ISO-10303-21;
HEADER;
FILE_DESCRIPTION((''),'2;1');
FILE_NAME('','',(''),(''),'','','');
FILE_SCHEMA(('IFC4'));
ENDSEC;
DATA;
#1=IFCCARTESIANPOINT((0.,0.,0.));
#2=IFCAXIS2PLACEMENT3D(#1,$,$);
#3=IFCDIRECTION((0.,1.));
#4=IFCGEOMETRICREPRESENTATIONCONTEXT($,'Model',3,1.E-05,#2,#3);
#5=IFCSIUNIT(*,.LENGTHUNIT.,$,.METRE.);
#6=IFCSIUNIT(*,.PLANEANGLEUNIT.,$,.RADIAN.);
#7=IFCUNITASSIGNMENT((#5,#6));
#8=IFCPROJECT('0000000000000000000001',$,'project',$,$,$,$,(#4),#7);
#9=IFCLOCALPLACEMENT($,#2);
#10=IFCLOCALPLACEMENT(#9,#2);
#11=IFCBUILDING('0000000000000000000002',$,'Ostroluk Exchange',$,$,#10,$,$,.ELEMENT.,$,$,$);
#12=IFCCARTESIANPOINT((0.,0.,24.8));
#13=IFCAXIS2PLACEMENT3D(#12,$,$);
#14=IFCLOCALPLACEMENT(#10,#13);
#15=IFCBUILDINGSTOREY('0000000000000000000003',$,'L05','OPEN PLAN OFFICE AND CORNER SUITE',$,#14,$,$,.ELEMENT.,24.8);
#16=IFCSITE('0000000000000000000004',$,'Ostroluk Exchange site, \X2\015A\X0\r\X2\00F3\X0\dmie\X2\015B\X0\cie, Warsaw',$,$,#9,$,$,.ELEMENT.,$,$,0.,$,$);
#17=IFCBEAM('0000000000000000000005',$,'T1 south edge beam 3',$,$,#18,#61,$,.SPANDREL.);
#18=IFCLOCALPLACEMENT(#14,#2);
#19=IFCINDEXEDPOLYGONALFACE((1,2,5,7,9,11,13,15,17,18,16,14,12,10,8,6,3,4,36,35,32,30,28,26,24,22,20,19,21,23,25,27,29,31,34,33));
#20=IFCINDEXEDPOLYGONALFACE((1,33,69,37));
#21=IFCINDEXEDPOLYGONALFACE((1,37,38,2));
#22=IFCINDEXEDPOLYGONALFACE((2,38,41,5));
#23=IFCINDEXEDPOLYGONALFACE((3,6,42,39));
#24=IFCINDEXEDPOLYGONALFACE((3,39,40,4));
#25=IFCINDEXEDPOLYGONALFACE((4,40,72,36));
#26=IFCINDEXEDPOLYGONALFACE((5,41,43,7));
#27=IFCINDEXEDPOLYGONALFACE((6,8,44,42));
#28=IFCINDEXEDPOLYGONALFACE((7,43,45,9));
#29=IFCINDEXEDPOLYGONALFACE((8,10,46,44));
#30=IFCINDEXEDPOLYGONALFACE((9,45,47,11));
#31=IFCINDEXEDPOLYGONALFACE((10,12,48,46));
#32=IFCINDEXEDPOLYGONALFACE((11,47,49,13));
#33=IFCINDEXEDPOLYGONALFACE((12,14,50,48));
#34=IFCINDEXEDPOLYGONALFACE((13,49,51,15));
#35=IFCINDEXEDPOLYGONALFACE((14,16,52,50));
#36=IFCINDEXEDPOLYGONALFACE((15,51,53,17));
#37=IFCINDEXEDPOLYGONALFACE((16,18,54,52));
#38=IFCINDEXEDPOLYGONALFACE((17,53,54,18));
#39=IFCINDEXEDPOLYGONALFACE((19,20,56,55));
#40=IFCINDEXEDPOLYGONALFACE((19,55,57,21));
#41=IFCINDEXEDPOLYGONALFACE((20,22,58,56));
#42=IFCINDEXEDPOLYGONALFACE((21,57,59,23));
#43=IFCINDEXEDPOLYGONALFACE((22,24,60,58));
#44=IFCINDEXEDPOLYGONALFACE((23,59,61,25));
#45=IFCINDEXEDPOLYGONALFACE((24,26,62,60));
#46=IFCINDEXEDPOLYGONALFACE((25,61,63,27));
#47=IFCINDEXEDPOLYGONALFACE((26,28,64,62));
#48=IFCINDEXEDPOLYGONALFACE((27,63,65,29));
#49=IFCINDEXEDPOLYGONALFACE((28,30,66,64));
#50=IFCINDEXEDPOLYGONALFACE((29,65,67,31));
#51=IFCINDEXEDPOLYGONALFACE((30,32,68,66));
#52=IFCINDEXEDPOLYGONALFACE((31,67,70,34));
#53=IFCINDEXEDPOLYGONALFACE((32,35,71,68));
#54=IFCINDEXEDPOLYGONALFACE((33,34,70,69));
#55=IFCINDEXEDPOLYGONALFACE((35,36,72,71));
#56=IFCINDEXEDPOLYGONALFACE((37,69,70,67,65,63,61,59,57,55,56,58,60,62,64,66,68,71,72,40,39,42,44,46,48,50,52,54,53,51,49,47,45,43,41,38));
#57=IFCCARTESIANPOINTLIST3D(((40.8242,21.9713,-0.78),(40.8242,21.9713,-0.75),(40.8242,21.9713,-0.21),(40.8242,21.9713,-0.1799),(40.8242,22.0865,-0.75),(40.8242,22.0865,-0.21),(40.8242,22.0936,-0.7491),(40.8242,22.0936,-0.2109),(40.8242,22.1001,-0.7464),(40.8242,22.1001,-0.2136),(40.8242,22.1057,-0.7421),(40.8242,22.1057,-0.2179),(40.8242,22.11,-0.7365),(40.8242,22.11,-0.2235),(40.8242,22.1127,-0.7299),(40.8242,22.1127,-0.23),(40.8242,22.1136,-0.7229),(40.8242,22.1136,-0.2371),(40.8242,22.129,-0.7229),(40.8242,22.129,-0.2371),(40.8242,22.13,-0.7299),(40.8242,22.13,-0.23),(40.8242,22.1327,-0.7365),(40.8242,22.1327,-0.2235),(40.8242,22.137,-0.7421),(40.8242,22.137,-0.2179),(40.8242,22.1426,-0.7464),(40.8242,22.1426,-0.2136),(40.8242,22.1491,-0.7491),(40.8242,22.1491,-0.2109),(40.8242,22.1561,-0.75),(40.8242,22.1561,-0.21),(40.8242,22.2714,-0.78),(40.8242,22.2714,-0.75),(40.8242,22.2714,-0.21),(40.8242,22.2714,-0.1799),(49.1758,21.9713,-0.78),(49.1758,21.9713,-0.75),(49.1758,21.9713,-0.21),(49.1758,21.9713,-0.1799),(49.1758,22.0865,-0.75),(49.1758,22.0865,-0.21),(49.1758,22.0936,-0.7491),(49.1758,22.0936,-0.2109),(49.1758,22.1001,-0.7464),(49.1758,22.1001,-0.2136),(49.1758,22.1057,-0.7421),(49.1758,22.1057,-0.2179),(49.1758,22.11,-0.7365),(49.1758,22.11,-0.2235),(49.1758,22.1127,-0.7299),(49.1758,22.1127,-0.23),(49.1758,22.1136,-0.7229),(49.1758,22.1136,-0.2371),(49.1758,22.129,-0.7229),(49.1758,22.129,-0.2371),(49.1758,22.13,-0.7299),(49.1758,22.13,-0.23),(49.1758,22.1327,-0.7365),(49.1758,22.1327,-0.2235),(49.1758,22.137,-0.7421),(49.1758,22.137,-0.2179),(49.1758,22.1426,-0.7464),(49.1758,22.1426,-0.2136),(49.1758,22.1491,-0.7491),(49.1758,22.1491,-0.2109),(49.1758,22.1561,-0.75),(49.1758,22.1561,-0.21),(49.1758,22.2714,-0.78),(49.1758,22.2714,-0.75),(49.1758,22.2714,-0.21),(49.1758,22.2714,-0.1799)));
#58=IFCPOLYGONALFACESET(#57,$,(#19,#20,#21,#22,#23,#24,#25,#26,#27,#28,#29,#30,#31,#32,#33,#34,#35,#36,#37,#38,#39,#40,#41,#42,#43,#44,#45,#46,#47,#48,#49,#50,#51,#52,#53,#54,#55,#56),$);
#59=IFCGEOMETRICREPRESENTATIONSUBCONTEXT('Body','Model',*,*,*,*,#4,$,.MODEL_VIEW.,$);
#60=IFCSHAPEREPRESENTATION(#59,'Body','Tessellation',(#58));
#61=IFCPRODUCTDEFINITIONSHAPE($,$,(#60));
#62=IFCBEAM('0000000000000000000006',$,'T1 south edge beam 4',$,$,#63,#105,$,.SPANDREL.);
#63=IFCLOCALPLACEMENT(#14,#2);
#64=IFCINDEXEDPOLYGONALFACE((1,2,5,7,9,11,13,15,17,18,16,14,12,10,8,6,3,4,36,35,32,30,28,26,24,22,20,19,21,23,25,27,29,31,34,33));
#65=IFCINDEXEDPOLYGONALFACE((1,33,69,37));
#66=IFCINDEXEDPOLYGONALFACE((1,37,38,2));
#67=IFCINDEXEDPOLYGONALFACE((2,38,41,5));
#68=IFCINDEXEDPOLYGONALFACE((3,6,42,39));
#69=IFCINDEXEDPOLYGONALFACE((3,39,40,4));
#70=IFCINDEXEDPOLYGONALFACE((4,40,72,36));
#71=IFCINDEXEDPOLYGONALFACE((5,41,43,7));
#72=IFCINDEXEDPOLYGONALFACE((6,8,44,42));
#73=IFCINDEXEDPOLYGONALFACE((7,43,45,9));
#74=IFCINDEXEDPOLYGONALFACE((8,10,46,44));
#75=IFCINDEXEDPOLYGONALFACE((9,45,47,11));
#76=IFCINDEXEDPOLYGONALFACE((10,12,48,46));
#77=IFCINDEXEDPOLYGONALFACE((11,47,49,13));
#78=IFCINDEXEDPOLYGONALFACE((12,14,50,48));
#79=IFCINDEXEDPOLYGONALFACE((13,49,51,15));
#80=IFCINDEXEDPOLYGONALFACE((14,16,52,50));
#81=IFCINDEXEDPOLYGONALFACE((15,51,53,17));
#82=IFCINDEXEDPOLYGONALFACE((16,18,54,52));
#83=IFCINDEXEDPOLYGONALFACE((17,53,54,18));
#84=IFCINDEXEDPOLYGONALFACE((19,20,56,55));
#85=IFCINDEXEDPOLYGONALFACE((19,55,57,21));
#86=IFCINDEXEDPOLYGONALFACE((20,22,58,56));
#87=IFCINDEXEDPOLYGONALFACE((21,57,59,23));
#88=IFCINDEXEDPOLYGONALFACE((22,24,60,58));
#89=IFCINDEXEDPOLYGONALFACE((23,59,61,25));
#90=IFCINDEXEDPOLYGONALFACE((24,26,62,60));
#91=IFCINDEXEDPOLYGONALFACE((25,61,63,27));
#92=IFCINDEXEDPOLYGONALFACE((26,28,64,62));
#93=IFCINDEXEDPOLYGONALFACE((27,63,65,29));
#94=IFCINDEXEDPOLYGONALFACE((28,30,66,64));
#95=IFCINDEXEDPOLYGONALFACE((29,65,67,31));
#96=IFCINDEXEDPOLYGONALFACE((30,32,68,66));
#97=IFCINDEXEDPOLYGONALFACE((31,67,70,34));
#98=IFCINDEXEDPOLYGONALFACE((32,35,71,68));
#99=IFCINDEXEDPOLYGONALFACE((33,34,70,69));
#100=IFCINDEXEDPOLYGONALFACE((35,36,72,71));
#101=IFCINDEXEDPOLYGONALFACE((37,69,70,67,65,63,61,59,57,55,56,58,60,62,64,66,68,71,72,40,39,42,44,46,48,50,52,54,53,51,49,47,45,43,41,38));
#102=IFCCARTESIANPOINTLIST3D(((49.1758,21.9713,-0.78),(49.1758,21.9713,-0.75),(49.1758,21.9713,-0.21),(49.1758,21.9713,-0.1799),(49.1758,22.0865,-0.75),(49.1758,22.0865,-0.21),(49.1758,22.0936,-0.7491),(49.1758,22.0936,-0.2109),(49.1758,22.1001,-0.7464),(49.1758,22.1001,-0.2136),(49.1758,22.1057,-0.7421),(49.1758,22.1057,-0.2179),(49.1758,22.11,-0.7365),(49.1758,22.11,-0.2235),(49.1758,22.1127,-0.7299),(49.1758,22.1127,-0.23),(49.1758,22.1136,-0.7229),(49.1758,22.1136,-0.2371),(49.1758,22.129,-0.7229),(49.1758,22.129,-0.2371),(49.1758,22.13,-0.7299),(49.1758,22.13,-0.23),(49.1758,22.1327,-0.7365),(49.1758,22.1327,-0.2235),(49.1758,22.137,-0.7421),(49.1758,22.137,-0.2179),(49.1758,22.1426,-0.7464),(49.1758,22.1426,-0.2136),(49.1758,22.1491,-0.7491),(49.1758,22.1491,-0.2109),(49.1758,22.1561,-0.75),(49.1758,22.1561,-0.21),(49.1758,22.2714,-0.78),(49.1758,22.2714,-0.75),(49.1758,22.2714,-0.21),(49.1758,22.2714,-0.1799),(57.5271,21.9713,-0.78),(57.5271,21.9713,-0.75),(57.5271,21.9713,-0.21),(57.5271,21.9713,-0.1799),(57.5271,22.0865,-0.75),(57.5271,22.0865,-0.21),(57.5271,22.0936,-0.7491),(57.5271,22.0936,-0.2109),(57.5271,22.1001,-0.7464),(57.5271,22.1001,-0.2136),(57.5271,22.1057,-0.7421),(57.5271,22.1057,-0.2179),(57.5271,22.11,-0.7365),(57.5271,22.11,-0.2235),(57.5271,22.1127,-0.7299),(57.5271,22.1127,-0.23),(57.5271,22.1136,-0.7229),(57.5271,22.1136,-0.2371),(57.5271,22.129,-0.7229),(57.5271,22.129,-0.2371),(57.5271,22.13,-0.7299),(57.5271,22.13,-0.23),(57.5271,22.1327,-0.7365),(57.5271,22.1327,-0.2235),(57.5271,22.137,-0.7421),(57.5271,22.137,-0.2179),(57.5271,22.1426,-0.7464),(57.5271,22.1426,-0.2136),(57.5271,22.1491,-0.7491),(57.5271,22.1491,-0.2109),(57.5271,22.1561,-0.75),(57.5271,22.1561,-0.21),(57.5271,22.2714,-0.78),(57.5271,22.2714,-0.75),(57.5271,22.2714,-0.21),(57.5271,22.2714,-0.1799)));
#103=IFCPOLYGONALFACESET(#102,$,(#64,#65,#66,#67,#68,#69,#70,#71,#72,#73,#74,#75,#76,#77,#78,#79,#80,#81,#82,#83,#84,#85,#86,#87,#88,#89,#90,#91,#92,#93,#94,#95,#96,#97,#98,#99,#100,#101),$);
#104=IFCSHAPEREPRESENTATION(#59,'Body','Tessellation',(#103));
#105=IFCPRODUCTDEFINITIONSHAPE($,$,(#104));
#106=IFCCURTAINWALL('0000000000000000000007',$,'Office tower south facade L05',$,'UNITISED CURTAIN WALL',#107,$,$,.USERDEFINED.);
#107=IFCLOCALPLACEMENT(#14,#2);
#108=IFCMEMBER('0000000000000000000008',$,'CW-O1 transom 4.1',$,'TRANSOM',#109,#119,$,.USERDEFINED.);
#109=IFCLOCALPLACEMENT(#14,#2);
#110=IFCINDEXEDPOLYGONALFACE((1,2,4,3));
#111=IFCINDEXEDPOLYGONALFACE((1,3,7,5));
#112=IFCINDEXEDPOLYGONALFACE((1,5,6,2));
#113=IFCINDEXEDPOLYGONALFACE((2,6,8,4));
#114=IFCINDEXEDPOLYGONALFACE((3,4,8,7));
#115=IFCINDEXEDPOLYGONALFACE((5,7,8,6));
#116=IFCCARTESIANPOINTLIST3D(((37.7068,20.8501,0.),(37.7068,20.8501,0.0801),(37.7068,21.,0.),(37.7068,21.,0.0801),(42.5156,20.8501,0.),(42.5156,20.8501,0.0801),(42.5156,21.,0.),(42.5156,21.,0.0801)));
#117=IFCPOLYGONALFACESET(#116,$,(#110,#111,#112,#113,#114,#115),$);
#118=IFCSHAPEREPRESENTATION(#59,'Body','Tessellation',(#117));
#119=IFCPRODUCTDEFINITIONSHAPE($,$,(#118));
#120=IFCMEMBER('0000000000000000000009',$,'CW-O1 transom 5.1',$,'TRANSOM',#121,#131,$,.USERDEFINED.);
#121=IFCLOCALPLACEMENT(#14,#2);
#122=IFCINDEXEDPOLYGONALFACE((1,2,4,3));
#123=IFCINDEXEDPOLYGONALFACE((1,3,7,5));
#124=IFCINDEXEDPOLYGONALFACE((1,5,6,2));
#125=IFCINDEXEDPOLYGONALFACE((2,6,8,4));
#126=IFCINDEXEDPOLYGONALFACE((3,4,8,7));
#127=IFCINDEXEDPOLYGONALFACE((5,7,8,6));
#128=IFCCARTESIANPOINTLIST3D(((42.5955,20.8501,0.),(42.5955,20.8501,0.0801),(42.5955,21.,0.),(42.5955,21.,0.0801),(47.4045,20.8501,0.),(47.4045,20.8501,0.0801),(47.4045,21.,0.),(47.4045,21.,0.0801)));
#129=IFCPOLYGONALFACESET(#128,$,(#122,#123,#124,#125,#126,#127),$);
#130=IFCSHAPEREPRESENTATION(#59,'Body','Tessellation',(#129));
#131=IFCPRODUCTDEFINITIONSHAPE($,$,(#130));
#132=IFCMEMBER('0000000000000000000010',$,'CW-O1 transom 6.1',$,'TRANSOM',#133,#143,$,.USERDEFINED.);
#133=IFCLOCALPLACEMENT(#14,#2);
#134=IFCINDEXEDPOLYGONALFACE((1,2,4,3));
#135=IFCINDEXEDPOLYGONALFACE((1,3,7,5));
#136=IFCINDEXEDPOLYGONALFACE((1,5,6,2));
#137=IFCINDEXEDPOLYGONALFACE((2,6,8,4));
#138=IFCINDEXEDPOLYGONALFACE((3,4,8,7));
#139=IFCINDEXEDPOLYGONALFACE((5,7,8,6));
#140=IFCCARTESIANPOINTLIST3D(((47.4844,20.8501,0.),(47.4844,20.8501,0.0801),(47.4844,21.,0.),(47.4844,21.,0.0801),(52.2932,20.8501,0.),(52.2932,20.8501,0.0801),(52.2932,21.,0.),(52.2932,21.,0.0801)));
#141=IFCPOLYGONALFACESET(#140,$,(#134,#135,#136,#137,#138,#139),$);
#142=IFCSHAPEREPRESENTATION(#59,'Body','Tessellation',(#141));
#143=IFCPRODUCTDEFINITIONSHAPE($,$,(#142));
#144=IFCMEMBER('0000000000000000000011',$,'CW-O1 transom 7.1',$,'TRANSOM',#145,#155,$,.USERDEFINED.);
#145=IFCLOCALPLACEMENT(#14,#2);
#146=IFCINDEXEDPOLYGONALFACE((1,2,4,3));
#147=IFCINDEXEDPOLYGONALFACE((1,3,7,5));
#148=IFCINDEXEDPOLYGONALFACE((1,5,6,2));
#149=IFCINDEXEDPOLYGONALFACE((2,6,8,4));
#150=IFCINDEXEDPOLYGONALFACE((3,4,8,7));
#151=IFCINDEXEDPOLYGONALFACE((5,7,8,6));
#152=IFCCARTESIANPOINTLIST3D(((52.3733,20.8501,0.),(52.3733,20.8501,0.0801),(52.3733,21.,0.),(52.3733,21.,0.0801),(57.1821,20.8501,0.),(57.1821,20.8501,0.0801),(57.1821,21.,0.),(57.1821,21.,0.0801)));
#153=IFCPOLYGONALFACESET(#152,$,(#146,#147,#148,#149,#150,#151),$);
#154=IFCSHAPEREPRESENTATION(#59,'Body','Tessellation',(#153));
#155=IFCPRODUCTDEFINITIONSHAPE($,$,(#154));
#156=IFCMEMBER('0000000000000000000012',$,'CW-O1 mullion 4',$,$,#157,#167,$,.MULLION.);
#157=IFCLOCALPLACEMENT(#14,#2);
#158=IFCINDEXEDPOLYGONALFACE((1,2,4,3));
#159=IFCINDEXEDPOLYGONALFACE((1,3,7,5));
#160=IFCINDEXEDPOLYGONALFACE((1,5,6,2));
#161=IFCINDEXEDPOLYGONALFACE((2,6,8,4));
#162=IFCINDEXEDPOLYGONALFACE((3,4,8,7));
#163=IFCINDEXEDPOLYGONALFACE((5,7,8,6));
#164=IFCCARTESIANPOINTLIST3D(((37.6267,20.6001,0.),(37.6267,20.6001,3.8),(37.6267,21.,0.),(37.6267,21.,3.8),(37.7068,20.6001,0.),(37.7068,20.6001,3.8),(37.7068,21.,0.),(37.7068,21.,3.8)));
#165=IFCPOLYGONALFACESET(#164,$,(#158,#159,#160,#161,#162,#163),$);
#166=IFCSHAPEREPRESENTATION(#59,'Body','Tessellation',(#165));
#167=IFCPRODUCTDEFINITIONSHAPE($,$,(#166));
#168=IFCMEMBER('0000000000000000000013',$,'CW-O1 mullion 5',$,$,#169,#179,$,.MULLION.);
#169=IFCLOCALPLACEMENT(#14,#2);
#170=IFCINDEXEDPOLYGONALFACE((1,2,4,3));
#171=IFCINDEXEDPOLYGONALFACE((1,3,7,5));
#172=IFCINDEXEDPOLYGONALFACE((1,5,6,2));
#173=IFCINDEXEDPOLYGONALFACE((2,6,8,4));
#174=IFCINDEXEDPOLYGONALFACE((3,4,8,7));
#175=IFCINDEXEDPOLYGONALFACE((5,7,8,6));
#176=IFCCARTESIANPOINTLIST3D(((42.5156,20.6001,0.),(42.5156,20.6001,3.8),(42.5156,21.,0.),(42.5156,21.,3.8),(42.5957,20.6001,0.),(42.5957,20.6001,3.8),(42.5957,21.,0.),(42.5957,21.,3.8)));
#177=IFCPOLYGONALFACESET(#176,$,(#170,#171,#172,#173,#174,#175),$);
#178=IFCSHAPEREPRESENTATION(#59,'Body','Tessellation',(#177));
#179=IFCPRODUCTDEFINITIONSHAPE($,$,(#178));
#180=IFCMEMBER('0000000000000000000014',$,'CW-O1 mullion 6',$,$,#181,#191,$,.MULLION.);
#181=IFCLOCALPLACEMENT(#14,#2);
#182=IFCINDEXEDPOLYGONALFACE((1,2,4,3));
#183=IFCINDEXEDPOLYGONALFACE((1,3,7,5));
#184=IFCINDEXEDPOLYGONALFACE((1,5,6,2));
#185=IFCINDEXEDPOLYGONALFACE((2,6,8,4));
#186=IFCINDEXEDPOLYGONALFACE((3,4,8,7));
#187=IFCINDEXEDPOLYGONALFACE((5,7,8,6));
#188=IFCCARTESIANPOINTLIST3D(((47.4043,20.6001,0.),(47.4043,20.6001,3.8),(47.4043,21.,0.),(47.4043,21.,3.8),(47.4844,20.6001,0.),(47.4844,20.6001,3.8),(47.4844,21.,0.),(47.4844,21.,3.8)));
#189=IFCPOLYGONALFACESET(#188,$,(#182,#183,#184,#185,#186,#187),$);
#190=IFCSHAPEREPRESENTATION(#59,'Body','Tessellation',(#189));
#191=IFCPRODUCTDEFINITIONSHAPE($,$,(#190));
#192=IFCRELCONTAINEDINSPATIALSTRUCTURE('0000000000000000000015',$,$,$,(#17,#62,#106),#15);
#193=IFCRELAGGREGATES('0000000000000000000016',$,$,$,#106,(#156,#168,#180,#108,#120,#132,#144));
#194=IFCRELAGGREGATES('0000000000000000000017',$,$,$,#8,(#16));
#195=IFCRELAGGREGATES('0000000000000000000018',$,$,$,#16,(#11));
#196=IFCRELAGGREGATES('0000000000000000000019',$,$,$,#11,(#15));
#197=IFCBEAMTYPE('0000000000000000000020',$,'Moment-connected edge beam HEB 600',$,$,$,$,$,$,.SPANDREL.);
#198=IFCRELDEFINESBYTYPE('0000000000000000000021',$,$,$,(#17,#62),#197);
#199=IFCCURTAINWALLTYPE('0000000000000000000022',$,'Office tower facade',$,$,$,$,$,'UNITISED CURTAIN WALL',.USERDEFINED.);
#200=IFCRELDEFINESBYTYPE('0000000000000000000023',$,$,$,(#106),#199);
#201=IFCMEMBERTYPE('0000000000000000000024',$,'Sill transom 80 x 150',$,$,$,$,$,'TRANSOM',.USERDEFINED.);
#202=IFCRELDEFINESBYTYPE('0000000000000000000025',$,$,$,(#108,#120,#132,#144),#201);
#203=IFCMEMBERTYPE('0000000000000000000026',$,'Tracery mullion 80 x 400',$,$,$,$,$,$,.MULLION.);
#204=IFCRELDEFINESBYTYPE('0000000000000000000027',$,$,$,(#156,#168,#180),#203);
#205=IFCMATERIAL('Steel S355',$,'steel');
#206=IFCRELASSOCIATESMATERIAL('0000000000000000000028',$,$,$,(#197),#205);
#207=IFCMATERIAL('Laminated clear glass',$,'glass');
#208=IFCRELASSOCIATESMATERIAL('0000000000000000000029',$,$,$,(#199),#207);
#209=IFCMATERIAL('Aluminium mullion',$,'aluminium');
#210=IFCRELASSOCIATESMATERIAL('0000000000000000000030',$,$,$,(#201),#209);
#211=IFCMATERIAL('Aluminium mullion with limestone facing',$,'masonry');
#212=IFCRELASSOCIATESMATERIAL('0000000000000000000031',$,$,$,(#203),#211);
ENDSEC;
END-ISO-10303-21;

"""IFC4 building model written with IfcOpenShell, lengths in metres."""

from ifc_helpers import new_model, si_unit, direction, frame, origin, origin_2d, place, context, subcontext, project, spatial, rectangle, i_section, extrude, material, material_profile, profile_set, type_object, element, aggregate, save


model = new_model("IFC4")

# Units and contexts
model_context = context("Model", 3, precision=1e-05, world=origin(), true_north=direction((0.0, 1.0)))
body_context = subcontext(model_context, "Body", "Model", "MODEL_VIEW")
ifc_project = project(units=[si_unit("LENGTHUNIT", "METRE"), si_unit("PLANEANGLEUNIT", "RADIAN")], contexts=[model_context])

# Site, building, storey
site_placement = place(None, origin())
site = spatial("IfcSite", under=ifc_project, at=site_placement, Name="Ostroluk Exchange site, Śródmieście, Warsaw", CompositionType="ELEMENT", RefElevation=0.0)
building_placement = place(site_placement, origin())
building = spatial("IfcBuilding", under=site, at=building_placement, Name="Ostroluk Exchange", CompositionType="ELEMENT")
storey_placement = place(building_placement, frame((0.0, 0.0, 24.8)))
storey = spatial("IfcBuildingStorey", under=building, at=storey_placement, Name="L05", Description="OPEN PLAN OFFICE AND CORNER SUITE", CompositionType="ELEMENT", Elevation=24.8)

# Beams
ifc_material_1 = material(Name="Steel S355", Category="steel")
ifc_material_profile_1 = material_profile(ifc_material_1, i_section(OverallWidth=0.3, OverallDepth=0.6001, WebThickness=0.0154, FlangeThickness=0.03, FilletRadius=0.0271, at=origin_2d()), Name="HEB 600")
ifc_profile_set_1 = profile_set([ifc_material_profile_1], Name="Steel S355")
beam_type = type_object("IfcBeamType", Name="Moment-connected edge beam HEB 600", PredefinedType="SPANDREL", material=ifc_profile_set_1)
beam_1_placement = place(storey_placement, frame((40.8242, 22.1213, -0.48), z_axis=(1.0, 0.0, 0.0), x_axis=(0.0, 1.0, 0.0)))
element("IfcBeam", 1, at=beam_1_placement, inside=storey, type_object=beam_type, Name="T1 south edge beam 3", PredefinedType="SPANDREL", context=body_context, shape_type="SweptSolid", body=[
    extrude(i_section(OverallWidth=0.3, OverallDepth=0.6001, WebThickness=0.0154, FlangeThickness=0.03, FilletRadius=0.0271, at=origin_2d()), origin(), (0.0, 0.0, 1.0), 8.3516),
])
beam_2_placement = place(storey_placement, frame((49.1758, 22.1213, -0.48), z_axis=(1.0, 0.0, 0.0), x_axis=(0.0, 1.0, 0.0)))
element("IfcBeam", 2, at=beam_2_placement, inside=storey, type_object=beam_type, Name="T1 south edge beam 4", PredefinedType="SPANDREL", context=body_context, shape_type="SweptSolid", body=[
    extrude(i_section(OverallWidth=0.3, OverallDepth=0.6001, WebThickness=0.0154, FlangeThickness=0.03, FilletRadius=0.0271, at=origin_2d()), origin(), (0.0, 0.0, 1.0), 8.3513),
])

# Curtain wall, members
ifc_material_2 = material(Name="Laminated clear glass", Category="glass")
curtain_wall_type = type_object("IfcCurtainWallType", Name="Office tower facade", ElementType="UNITISED CURTAIN WALL", PredefinedType="USERDEFINED", material=ifc_material_2)
curtain_wall_placement = place(storey_placement, origin())
curtain_wall = element("IfcCurtainWall", 3, at=curtain_wall_placement, inside=storey, type_object=curtain_wall_type, Name="Office tower south facade L05", ObjectType="UNITISED CURTAIN WALL", PredefinedType="USERDEFINED")
ifc_material_3 = material(Name="Aluminium mullion", Category="aluminium")
ifc_material_profile_2 = material_profile(ifc_material_3, rectangle(XDim=0.1499, YDim=0.0801, at=origin_2d()), Name="Sill transom 80 x 150")
ifc_profile_set_2 = profile_set([ifc_material_profile_2], Name="Aluminium mullion")
member_type_1 = type_object("IfcMemberType", Name="Sill transom 80 x 150", ElementType="TRANSOM", PredefinedType="USERDEFINED", material=ifc_profile_set_2)
member_1_placement = place(storey_placement, frame((37.7068, 20.925, 0.04), z_axis=(1.0, 0.0, 0.0), x_axis=(0.0, 1.0, 0.0)))
member_1 = element("IfcMember", 4, at=member_1_placement, type_object=member_type_1, Name="CW-O1 transom 4.1", ObjectType="TRANSOM", PredefinedType="USERDEFINED", context=body_context, shape_type="SweptSolid", body=[
    extrude(rectangle(XDim=0.1499, YDim=0.0801, at=origin_2d()), origin(), (0.0, 0.0, 1.0), 4.8088),
])
member_2_placement = place(storey_placement, frame((42.5955, 20.925, 0.04), z_axis=(1.0, 0.0, 0.0), x_axis=(0.0, 1.0, 0.0)))
member_2 = element("IfcMember", 5, at=member_2_placement, type_object=member_type_1, Name="CW-O1 transom 5.1", ObjectType="TRANSOM", PredefinedType="USERDEFINED", context=body_context, shape_type="SweptSolid", body=[
    extrude(rectangle(XDim=0.1499, YDim=0.0801, at=origin_2d()), origin(), (0.0, 0.0, 1.0), 4.8091),
])
member_3_placement = place(storey_placement, frame((47.4844, 20.925, 0.04), z_axis=(1.0, 0.0, 0.0), x_axis=(0.0, 1.0, 0.0)))
member_3 = element("IfcMember", 6, at=member_3_placement, type_object=member_type_1, Name="CW-O1 transom 6.1", ObjectType="TRANSOM", PredefinedType="USERDEFINED", context=body_context, shape_type="SweptSolid", body=[
    extrude(rectangle(XDim=0.1499, YDim=0.0801, at=origin_2d()), origin(), (0.0, 0.0, 1.0), 4.8088),
])
member_4_placement = place(storey_placement, frame((52.3733, 20.925, 0.04), z_axis=(1.0, 0.0, 0.0), x_axis=(0.0, 1.0, 0.0)))
member_4 = element("IfcMember", 7, at=member_4_placement, type_object=member_type_1, Name="CW-O1 transom 7.1", ObjectType="TRANSOM", PredefinedType="USERDEFINED", context=body_context, shape_type="SweptSolid", body=[
    extrude(rectangle(XDim=0.1499, YDim=0.0801, at=origin_2d()), origin(), (0.0, 0.0, 1.0), 4.8088),
])
ifc_material_4 = material(Name="Aluminium mullion with limestone facing", Category="masonry")
ifc_material_profile_3 = material_profile(ifc_material_4, rectangle(XDim=0.3999, YDim=0.0801, at=origin_2d()), Name="Tracery mullion 80 x 400")
ifc_profile_set_3 = profile_set([ifc_material_profile_3], Name="Aluminium mullion with limestone facing")
member_type_2 = type_object("IfcMemberType", Name="Tracery mullion 80 x 400", PredefinedType="MULLION", material=ifc_profile_set_3)
member_5_placement = place(storey_placement, frame((37.6667, 20.8, 0.0), z_axis=(0.0, 0.0, 1.0), x_axis=(0.0, 1.0, 0.0)))
member_5 = element("IfcMember", 8, at=member_5_placement, type_object=member_type_2, Name="CW-O1 mullion 4", PredefinedType="MULLION", context=body_context, shape_type="SweptSolid", body=[
    extrude(rectangle(XDim=0.3999, YDim=0.0801, at=origin_2d()), origin(), (0.0, 0.0, 1.0), 3.8),
])
member_6_placement = place(storey_placement, frame((42.5557, 20.8, 0.0), z_axis=(0.0, 0.0, 1.0), x_axis=(0.0, 1.0, 0.0)))
member_6 = element("IfcMember", 9, at=member_6_placement, type_object=member_type_2, Name="CW-O1 mullion 5", PredefinedType="MULLION", context=body_context, shape_type="SweptSolid", body=[
    extrude(rectangle(XDim=0.3999, YDim=0.0801, at=origin_2d()), origin(), (0.0, 0.0, 1.0), 3.8),
])
member_7_placement = place(storey_placement, frame((47.4443, 20.8, 0.0), z_axis=(0.0, 0.0, 1.0), x_axis=(0.0, 1.0, 0.0)))
member_7 = element("IfcMember", 10, at=member_7_placement, type_object=member_type_2, Name="CW-O1 mullion 6", PredefinedType="MULLION", context=body_context, shape_type="SweptSolid", body=[
    extrude(rectangle(XDim=0.3999, YDim=0.0801, at=origin_2d()), origin(), (0.0, 0.0, 1.0), 3.8),
])
aggregate(curtain_wall, [member_5, member_6, member_7, member_1, member_2, member_3, member_4])

save(model, "model.ifc")
